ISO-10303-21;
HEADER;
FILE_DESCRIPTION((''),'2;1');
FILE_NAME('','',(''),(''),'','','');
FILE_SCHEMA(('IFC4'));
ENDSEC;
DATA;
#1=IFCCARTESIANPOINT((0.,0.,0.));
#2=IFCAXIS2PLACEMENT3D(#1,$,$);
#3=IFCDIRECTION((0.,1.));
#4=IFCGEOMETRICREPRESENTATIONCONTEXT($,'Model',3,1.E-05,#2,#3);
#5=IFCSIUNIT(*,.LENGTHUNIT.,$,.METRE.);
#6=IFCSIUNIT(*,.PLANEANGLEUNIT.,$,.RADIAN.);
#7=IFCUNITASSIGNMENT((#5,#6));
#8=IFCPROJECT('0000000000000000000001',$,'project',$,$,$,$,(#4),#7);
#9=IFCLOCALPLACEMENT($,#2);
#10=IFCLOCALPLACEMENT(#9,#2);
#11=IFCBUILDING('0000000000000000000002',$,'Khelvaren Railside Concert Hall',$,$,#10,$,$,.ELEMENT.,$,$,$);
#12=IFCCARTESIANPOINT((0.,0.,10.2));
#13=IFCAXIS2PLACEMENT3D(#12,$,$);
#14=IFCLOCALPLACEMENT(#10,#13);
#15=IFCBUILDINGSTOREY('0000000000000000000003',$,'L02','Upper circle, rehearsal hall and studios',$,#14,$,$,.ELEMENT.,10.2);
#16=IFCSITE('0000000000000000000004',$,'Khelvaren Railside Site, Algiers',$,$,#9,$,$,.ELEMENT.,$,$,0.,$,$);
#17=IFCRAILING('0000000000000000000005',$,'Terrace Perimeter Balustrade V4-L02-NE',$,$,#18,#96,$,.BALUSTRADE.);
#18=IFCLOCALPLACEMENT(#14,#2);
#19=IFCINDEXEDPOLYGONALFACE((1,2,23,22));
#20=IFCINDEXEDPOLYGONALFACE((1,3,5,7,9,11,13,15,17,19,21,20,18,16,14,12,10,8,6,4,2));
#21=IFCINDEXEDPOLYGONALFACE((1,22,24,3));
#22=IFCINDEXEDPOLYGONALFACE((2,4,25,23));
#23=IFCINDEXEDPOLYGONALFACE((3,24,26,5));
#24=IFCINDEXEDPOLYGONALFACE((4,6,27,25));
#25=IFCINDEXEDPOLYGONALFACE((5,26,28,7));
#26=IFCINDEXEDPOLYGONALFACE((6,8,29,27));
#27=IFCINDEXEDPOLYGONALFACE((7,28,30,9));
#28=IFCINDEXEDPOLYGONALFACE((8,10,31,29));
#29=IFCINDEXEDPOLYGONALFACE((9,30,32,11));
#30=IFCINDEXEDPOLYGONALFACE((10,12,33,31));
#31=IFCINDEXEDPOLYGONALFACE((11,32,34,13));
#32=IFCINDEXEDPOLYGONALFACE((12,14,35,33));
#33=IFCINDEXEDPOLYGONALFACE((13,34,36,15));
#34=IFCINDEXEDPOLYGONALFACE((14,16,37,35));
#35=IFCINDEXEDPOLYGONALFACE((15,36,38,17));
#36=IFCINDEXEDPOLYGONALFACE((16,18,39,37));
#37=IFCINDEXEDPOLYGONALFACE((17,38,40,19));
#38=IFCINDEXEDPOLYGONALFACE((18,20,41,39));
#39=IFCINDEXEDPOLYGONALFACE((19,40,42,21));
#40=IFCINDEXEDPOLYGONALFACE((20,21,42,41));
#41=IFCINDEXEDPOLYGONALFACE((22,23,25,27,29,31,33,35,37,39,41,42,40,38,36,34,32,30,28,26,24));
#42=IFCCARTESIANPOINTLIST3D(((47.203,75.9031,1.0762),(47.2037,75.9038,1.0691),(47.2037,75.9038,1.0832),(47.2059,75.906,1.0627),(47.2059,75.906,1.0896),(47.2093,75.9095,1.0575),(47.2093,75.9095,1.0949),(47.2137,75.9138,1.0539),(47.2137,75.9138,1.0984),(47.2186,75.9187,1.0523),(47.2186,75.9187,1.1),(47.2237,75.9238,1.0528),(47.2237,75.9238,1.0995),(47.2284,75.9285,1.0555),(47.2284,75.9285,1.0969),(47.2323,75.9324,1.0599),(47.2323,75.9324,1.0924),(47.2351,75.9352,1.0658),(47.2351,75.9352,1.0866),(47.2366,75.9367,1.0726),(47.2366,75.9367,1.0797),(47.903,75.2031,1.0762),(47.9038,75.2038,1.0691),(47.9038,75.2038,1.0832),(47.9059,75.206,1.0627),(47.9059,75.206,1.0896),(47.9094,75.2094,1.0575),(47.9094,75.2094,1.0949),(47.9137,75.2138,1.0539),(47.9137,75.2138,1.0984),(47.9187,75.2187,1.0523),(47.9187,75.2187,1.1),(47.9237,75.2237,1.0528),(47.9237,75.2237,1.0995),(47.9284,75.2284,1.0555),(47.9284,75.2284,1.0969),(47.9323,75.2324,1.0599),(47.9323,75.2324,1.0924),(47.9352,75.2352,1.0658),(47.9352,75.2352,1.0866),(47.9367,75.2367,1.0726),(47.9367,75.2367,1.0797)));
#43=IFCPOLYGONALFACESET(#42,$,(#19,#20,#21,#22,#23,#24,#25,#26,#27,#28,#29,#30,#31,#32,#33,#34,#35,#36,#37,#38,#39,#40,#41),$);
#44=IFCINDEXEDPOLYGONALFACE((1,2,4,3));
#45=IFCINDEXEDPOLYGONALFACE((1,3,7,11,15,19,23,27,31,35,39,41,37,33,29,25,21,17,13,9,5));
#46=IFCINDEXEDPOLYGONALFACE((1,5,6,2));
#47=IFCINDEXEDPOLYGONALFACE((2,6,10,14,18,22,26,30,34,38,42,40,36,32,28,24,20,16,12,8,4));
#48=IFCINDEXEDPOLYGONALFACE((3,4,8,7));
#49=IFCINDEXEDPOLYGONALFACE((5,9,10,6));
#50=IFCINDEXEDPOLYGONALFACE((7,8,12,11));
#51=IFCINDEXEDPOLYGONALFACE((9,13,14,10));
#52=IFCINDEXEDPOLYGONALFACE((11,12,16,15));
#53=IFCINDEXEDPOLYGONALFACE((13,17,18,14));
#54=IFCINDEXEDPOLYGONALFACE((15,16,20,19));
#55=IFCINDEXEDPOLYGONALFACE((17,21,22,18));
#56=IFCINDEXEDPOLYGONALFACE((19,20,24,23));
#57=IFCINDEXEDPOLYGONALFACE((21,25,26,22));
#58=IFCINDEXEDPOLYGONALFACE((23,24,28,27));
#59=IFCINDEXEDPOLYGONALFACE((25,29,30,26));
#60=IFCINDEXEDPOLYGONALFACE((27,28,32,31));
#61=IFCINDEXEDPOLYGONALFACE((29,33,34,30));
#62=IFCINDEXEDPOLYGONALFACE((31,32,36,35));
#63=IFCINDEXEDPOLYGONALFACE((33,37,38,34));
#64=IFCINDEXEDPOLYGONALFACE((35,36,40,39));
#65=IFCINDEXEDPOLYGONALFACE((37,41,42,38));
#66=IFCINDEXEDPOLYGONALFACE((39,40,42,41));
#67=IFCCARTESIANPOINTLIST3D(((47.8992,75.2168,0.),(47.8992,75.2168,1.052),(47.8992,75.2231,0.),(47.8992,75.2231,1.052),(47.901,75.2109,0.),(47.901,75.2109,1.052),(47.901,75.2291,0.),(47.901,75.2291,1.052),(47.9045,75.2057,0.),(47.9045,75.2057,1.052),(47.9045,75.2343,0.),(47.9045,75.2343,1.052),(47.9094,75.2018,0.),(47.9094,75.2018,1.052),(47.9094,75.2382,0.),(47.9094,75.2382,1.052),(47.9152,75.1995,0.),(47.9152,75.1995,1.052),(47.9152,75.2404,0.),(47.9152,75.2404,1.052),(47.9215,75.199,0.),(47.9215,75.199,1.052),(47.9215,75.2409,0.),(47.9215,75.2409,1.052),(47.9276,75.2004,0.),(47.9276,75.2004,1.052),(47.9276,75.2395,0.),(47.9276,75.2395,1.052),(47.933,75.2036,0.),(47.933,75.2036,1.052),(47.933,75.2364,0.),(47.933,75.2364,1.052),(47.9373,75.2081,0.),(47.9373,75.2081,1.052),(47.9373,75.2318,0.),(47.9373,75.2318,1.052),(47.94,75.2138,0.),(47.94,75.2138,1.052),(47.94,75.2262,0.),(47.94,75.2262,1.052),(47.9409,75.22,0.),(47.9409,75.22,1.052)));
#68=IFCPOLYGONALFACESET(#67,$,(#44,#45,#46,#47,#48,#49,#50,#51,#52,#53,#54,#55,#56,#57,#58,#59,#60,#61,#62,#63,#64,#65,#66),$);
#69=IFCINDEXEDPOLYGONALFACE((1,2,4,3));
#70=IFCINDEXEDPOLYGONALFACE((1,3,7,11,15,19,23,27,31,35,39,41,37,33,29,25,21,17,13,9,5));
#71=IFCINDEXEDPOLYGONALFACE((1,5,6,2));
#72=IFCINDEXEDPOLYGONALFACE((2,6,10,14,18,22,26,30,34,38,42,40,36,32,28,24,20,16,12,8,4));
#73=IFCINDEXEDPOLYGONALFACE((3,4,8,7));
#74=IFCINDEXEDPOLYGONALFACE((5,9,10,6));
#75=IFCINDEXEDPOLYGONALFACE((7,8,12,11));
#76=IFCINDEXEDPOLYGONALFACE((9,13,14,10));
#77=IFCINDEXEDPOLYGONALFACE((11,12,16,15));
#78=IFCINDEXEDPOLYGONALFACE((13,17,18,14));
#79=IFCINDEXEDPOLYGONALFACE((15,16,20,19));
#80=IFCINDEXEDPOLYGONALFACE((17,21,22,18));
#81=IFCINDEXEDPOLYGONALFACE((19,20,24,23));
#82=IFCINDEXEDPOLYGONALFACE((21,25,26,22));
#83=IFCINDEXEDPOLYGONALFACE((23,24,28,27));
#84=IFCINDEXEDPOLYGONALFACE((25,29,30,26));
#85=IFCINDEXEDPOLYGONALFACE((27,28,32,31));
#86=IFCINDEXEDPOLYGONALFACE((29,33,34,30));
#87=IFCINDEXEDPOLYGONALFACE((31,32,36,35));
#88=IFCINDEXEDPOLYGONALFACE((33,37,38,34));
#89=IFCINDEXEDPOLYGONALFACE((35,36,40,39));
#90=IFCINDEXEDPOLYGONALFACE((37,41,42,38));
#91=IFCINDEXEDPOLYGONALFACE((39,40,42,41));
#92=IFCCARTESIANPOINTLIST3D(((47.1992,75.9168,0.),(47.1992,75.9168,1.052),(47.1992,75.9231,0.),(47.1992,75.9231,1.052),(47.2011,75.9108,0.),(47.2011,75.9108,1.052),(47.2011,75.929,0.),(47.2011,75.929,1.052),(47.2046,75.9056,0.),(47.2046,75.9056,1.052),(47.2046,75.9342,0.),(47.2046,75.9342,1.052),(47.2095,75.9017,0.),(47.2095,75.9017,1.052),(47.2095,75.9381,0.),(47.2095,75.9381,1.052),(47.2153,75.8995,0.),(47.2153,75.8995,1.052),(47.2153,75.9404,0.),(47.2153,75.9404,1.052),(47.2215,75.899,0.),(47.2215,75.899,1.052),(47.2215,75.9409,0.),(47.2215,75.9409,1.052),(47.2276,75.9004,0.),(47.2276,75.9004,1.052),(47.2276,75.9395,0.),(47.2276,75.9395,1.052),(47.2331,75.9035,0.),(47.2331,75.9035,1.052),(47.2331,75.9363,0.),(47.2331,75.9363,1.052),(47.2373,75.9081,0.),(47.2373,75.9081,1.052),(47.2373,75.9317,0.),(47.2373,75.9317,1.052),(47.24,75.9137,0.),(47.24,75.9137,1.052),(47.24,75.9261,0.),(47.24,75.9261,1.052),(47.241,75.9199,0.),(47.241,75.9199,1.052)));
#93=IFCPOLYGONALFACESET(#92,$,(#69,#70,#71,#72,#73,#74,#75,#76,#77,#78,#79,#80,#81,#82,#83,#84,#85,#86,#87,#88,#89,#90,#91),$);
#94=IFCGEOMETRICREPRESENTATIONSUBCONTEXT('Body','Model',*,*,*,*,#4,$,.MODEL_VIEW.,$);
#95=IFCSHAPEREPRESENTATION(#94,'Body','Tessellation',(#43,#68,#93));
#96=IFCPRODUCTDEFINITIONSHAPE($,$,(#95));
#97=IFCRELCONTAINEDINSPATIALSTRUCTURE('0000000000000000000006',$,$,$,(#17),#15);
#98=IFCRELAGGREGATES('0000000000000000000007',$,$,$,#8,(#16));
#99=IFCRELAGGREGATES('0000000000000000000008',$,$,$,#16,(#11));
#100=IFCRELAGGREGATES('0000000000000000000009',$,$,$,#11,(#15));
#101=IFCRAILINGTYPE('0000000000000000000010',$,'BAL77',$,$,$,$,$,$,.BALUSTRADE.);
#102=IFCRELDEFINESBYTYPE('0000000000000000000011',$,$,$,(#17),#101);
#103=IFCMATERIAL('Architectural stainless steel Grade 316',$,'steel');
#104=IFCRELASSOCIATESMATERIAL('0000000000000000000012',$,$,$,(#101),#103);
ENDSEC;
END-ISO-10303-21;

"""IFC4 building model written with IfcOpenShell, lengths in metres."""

from ifc_helpers import new_model, si_unit, direction, frame, origin, origin_2d, place, context, subcontext, project, spatial, circle, extrude, material, type_object, element, save


model = new_model("IFC4")

# Units and contexts
model_context = context("Model", 3, precision=1e-05, world=origin(), true_north=direction((0.0, 1.0)))
body_context = subcontext(model_context, "Body", "Model", "MODEL_VIEW")
ifc_project = project(units=[si_unit("LENGTHUNIT", "METRE"), si_unit("PLANEANGLEUNIT", "RADIAN")], contexts=[model_context])

# Site, building, storey
site_placement = place(None, origin())
site = spatial("IfcSite", under=ifc_project, at=site_placement, Name="Khelvaren Railside Site, Algiers", CompositionType="ELEMENT", RefElevation=0.0)
building_placement = place(site_placement, origin())
building = spatial("IfcBuilding", under=site, at=building_placement, Name="Khelvaren Railside Concert Hall", CompositionType="ELEMENT")
storey_placement = place(building_placement, frame((0.0, 0.0, 10.2)))
storey = spatial("IfcBuildingStorey", under=building, at=storey_placement, Name="L02", Description="Upper circle, rehearsal hall and studios", CompositionType="ELEMENT", Elevation=10.2)

# Railing
ifc_material_1 = material(Name="Architectural stainless steel Grade 316", Category="steel")
railing_type = type_object("IfcRailingType", Name="BAL77", PredefinedType="BALUSTRADE", material=ifc_material_1)
railing_1_placement = place(storey_placement, frame((47.9199, 75.22, 0.0)))
element("IfcRailing", 1, at=railing_1_placement, inside=storey, type_object=railing_type, Name="Terrace Perimeter Balustrade V4-L02-NE", PredefinedType="BALUSTRADE", context=body_context, shape_type="SweptSolid", body=[
    extrude(circle(Radius=0.0239, at=origin_2d()), frame((0.0, 0.0, 1.0762), z_axis=(-0.707107, 0.707107, 0.0), x_axis=(-0.707107, -0.707107, 0.0)), (0.0, 0.0, 1.0), 0.99),
    extrude(circle(Radius=0.021, at=origin_2d()), origin(), (0.0, 0.0, 1.0), 1.052),
    extrude(circle(Radius=0.021, at=origin_2d()), frame((-0.7, 0.7, 0.0)), (0.0, 0.0, 1.0), 1.052),
])

save(model, "model.ifc")
